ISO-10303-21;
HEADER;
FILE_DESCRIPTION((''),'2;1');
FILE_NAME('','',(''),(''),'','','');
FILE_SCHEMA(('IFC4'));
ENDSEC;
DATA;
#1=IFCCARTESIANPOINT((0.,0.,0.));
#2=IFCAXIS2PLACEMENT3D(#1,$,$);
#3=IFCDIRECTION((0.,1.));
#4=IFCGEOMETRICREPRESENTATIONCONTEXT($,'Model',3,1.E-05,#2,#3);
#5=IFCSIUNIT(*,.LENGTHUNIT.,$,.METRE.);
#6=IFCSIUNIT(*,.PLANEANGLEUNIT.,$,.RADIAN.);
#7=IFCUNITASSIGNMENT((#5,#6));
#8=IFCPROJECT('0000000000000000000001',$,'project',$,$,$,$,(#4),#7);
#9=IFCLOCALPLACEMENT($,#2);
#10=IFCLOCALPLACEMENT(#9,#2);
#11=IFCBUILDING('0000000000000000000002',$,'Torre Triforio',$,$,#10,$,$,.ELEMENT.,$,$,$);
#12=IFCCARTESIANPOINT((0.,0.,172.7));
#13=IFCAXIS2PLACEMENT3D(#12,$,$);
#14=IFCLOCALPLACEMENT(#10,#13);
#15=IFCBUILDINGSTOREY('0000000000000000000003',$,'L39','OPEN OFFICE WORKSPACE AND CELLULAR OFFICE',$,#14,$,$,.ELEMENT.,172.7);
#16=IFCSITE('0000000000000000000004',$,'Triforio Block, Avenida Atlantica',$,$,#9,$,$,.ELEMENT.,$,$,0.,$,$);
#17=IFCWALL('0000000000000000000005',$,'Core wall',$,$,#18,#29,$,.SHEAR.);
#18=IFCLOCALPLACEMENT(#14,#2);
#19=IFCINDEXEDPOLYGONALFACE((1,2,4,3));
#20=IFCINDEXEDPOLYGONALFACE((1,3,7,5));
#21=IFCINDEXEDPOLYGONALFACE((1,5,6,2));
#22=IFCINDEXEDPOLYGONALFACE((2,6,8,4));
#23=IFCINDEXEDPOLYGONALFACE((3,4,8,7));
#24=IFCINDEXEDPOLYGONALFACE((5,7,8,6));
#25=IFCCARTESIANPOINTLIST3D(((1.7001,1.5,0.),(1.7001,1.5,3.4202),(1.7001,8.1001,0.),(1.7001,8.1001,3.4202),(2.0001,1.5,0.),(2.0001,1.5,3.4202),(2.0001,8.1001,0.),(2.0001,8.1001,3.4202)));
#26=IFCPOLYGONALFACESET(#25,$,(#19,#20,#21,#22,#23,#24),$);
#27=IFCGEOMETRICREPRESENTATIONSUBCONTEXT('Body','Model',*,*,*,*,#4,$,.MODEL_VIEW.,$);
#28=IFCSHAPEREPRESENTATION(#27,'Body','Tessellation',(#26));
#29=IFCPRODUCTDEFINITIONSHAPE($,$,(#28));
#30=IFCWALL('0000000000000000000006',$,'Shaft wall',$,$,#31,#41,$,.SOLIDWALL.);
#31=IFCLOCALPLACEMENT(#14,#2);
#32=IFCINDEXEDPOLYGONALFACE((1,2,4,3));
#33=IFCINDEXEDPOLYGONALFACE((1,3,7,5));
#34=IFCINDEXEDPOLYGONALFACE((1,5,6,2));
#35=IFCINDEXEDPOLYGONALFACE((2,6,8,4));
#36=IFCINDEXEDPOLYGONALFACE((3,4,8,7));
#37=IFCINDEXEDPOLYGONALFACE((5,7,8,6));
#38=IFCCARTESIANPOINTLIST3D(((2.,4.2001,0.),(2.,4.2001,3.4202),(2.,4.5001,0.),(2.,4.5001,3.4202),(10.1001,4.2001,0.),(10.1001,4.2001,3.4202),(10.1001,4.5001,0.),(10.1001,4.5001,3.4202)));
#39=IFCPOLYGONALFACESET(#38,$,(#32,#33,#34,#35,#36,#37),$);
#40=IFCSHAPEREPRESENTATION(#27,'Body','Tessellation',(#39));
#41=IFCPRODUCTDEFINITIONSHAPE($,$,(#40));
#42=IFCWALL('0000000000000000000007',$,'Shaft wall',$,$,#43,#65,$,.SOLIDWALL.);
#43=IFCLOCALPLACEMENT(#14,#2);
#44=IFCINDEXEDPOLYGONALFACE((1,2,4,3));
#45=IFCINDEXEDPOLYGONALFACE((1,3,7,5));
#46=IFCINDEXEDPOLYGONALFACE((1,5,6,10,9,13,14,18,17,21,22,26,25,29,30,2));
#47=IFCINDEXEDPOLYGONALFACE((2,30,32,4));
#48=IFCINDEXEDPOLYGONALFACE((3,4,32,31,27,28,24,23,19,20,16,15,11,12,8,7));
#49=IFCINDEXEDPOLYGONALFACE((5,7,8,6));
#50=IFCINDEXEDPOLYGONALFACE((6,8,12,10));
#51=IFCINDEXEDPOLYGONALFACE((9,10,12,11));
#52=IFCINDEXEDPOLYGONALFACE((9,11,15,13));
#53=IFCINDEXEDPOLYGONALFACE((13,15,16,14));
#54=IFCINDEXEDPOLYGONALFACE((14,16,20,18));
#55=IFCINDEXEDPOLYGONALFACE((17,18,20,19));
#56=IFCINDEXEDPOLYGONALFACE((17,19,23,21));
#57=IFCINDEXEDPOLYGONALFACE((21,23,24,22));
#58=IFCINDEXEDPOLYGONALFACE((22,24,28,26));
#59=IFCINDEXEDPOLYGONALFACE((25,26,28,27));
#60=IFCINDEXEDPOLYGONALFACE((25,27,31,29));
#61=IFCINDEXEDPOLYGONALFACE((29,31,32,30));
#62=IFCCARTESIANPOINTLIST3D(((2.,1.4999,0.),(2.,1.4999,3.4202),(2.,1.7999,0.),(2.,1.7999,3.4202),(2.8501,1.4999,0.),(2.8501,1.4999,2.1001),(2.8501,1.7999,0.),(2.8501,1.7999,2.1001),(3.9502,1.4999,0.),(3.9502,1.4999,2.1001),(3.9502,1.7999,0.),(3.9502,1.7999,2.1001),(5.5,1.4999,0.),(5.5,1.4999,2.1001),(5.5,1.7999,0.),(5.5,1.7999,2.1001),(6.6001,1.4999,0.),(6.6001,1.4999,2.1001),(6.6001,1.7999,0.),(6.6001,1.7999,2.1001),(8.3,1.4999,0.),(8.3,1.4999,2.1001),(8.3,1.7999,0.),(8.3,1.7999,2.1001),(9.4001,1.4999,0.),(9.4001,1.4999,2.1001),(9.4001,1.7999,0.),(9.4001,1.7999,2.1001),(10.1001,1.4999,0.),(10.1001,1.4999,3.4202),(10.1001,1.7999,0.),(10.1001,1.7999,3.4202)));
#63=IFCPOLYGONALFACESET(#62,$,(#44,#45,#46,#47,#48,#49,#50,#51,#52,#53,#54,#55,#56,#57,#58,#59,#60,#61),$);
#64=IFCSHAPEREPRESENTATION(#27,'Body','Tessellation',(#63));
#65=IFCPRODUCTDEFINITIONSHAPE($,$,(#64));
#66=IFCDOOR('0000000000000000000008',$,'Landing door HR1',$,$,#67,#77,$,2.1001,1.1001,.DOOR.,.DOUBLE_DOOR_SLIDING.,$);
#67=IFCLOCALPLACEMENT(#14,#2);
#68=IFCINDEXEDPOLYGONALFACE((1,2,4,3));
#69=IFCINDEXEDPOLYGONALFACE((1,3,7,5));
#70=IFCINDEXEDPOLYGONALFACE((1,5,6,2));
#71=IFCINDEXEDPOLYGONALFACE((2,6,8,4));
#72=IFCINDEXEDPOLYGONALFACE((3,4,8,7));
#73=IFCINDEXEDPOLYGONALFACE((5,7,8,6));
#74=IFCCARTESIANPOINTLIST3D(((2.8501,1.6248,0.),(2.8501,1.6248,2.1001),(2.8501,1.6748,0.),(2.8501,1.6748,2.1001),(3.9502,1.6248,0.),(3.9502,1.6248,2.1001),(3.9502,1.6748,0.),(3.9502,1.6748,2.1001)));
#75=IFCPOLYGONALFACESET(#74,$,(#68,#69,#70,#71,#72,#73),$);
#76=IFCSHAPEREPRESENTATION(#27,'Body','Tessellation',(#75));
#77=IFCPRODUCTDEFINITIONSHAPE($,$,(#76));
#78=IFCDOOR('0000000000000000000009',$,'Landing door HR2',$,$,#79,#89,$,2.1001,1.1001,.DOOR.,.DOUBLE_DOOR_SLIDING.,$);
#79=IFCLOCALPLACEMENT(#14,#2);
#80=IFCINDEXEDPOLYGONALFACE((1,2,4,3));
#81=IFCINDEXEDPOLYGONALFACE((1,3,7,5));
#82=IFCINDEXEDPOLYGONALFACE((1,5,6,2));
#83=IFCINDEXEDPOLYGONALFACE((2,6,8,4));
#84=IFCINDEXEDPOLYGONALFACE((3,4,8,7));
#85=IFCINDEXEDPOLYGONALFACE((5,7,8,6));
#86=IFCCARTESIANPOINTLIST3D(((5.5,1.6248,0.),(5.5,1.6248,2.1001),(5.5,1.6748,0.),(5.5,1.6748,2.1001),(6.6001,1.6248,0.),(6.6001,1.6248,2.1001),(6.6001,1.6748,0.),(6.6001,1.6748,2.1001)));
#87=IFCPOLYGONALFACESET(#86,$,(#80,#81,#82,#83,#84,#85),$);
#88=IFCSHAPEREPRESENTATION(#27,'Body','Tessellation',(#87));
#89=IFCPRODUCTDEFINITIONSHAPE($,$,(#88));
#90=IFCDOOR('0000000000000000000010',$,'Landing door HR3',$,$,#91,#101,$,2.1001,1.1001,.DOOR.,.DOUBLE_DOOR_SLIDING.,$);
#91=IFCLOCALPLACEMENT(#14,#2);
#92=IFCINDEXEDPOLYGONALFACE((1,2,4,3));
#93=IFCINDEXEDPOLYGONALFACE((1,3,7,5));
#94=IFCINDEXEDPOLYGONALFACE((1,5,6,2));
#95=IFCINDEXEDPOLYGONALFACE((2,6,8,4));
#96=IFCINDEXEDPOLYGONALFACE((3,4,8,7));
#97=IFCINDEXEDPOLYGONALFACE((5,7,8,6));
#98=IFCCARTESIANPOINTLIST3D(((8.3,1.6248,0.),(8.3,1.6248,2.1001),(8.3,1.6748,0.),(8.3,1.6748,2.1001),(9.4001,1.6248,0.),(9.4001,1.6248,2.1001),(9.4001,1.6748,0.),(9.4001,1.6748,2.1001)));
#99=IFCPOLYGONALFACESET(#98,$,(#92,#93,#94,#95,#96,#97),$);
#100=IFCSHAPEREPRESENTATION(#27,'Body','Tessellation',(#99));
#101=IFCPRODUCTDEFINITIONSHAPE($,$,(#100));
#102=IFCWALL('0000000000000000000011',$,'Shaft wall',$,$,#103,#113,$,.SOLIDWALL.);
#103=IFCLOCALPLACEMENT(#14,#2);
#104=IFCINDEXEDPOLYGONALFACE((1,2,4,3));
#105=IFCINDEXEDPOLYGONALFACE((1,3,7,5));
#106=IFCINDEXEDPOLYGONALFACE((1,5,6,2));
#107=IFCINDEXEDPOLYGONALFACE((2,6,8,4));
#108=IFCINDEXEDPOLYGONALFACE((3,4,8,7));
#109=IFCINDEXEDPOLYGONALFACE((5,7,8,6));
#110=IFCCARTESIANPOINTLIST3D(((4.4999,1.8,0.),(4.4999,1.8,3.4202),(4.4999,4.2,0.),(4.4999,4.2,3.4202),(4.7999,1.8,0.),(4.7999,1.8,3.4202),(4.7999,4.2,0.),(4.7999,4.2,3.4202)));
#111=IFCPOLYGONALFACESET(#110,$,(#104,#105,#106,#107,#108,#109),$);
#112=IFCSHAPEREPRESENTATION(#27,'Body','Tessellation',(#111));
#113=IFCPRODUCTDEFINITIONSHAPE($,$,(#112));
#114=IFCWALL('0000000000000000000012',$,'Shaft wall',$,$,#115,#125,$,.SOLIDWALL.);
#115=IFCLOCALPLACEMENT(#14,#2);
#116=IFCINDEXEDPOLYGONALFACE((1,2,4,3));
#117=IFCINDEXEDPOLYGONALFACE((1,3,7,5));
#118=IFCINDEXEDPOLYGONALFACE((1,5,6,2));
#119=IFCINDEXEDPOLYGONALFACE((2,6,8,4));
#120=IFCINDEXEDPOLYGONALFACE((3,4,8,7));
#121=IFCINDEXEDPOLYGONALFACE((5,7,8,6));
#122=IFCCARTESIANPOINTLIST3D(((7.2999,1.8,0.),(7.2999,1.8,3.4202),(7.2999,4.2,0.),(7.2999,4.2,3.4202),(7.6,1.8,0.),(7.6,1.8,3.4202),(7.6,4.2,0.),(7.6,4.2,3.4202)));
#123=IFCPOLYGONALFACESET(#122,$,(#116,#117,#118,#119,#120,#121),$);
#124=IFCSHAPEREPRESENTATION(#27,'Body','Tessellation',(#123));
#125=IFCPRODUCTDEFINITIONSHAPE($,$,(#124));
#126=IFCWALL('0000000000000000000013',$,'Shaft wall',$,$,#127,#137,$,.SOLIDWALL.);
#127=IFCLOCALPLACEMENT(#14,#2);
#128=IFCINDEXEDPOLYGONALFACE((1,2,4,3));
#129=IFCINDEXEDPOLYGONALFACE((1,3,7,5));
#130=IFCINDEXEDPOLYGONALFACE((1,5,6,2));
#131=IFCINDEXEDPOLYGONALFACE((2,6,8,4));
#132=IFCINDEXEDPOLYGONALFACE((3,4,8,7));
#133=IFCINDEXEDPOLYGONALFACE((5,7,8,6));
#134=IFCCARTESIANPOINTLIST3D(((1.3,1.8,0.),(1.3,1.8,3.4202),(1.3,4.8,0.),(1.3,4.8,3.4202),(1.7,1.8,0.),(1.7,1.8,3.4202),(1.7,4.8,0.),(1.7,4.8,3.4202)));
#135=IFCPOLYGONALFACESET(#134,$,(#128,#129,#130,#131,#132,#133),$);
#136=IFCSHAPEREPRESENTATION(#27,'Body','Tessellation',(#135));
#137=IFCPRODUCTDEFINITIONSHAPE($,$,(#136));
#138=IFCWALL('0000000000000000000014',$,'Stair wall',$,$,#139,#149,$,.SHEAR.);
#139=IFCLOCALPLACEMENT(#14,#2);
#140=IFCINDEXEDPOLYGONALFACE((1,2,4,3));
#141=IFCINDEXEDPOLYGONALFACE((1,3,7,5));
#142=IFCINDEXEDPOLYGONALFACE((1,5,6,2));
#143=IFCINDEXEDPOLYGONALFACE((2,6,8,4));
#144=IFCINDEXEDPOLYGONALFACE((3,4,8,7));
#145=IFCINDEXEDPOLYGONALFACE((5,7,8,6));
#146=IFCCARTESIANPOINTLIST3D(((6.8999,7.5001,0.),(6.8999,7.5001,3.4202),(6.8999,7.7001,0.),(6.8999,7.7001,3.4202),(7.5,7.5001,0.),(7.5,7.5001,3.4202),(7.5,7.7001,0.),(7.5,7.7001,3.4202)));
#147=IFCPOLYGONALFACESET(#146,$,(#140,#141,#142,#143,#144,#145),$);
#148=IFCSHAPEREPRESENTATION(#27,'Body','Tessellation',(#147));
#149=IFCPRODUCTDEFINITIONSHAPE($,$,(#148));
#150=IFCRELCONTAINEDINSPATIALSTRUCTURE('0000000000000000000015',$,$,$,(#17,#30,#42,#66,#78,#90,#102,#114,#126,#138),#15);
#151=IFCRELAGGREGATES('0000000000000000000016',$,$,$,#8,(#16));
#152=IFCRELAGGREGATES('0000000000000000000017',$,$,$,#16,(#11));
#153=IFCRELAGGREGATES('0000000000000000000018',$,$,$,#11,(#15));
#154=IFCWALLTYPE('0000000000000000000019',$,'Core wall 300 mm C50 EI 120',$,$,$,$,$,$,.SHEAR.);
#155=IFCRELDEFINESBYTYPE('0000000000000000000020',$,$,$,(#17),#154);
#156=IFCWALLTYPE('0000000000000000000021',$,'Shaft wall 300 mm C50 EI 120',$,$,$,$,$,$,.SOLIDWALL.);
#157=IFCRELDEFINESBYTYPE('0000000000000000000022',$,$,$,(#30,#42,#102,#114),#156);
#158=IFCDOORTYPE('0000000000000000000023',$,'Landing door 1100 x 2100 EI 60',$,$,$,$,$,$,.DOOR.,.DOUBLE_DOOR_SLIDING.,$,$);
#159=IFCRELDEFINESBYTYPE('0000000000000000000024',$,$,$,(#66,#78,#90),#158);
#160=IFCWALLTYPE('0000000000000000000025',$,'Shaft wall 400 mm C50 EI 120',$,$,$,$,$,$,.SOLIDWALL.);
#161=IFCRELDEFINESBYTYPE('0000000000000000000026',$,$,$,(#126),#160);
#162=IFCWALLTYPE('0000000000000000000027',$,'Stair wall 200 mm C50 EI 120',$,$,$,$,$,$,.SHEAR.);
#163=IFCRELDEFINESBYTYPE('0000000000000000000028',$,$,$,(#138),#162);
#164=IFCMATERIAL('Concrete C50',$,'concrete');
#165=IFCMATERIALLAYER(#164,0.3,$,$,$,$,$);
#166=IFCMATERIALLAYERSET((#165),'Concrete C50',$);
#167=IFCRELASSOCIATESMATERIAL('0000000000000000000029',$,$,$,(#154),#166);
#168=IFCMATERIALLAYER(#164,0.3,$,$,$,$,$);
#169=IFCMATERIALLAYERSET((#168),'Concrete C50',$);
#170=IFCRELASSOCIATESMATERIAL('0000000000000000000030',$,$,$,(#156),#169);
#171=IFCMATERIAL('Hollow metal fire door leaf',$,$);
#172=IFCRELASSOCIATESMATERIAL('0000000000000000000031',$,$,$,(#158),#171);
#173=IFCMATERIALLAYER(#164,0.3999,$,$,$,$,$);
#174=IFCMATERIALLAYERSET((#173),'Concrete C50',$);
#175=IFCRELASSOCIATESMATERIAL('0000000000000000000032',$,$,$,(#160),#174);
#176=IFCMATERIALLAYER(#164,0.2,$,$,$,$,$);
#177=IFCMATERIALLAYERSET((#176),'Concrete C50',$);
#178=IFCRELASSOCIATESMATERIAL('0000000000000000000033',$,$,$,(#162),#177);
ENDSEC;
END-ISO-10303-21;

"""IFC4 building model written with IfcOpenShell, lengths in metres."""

from ifc_helpers import new_model, si_unit, direction, frame, frame_2d, origin, place, context, subcontext, project, spatial, rectangle, extrude, material, layer, layer_set, type_object, element, fill, save


model = new_model("IFC4")

# Units and contexts
model_context = context("Model", 3, precision=1e-05, world=origin(), true_north=direction((0.0, 1.0)))
body_context = subcontext(model_context, "Body", "Model", "MODEL_VIEW")
ifc_project = project(units=[si_unit("LENGTHUNIT", "METRE"), si_unit("PLANEANGLEUNIT", "RADIAN")], contexts=[model_context])

# Site, building, storey
site_placement = place(None, origin())
site = spatial("IfcSite", under=ifc_project, at=site_placement, Name="Triforio Block, Avenida Atlantica", CompositionType="ELEMENT", RefElevation=0.0)
building_placement = place(site_placement, origin())
building = spatial("IfcBuilding", under=site, at=building_placement, Name="Torre Triforio", CompositionType="ELEMENT")
storey_placement = place(building_placement, frame((0.0, 0.0, 172.7)))
storey = spatial("IfcBuildingStorey", under=building, at=storey_placement, Name="L39", Description="OPEN OFFICE WORKSPACE AND CELLULAR OFFICE", CompositionType="ELEMENT", Elevation=172.7)

# Walls
ifc_material_1 = material(Name="Concrete C50", Category="concrete")
ifc_layer_1 = layer(ifc_material_1, 0.3)
ifc_layer_set_1 = layer_set([ifc_layer_1], Name="Concrete C50")
wall_type_1 = type_object("IfcWallType", Name="Core wall 300 mm C50 EI 120", PredefinedType="SHEAR", material=ifc_layer_set_1)
wall_1_placement = place(storey_placement, frame((1.8501, 1.5, 0.0), z_axis=(0.0, 0.0, 1.0), x_axis=(0.0, 1.0, 0.0)))
element("IfcWall", 1, at=wall_1_placement, inside=storey, type_object=wall_type_1, Name="Core wall", PredefinedType="SHEAR", context=body_context, shape_type="SweptSolid", body=[
    extrude(rectangle(XDim=6.6001, YDim=0.3, at=frame_2d((3.3, 0.0))), origin(), (0.0, 0.0, 1.0), 3.4202),
])
ifc_layer_2 = layer(ifc_material_1, 0.3)
ifc_layer_set_2 = layer_set([ifc_layer_2], Name="Concrete C50")
wall_type_2 = type_object("IfcWallType", Name="Shaft wall 300 mm C50 EI 120", PredefinedType="SOLIDWALL", material=ifc_layer_set_2)
wall_2_placement = place(storey_placement, frame((2.0, 4.3501, 0.0), z_axis=(0.0, 0.0, 1.0), x_axis=(1.0, 0.0, 0.0)))
element("IfcWall", 2, at=wall_2_placement, inside=storey, type_object=wall_type_2, Name="Shaft wall", PredefinedType="SOLIDWALL", context=body_context, shape_type="SweptSolid", body=[
    extrude(rectangle(XDim=8.1001, YDim=0.3, at=frame_2d((4.05, 0.0))), origin(), (0.0, 0.0, 1.0), 3.4202),
])

# Wall, openings, doors
wall_3_placement = place(storey_placement, frame((2.0, 1.6499, 0.0), z_axis=(0.0, 0.0, 1.0), x_axis=(1.0, 0.0, 0.0)))
wall_3 = element("IfcWall", 3, at=wall_3_placement, inside=storey, type_object=wall_type_2, Name="Shaft wall", PredefinedType="SOLIDWALL", context=body_context, shape_type="SweptSolid", body=[
    extrude(rectangle(XDim=8.1001, YDim=0.3, at=frame_2d((4.05, 0.0))), origin(), (0.0, 0.0, 1.0), 3.4202),
])
opening_1_placement = place(wall_3_placement, frame((0.8501, 0.0, 0.0)))
opening_1 = element("IfcOpeningElement", 4, at=opening_1_placement, cuts=wall_3, PredefinedType="OPENING", context=body_context, shape_type="SweptSolid", body=[
    extrude(rectangle(XDim=1.1001, YDim=2.1001, at=frame_2d((0.55, 1.05))), frame((0.0, 0.1599, 0.0), z_axis=(0.0, -1.0, 0.0), x_axis=(1.0, 0.0, 0.0)), (0.0, 0.0, 1.0), 0.3201),
])
opening_2_placement = place(wall_3_placement, frame((3.5, 0.0, 0.0)))
opening_2 = element("IfcOpeningElement", 5, at=opening_2_placement, cuts=wall_3, PredefinedType="OPENING", context=body_context, shape_type="SweptSolid", body=[
    extrude(rectangle(XDim=1.1001, YDim=2.1001, at=frame_2d((0.55, 1.05))), frame((0.0, 0.1599, 0.0), z_axis=(0.0, -1.0, 0.0), x_axis=(1.0, 0.0, 0.0)), (0.0, 0.0, 1.0), 0.3201),
])
opening_3_placement = place(wall_3_placement, frame((6.3, 0.0, 0.0)))
opening_3 = element("IfcOpeningElement", 6, at=opening_3_placement, cuts=wall_3, PredefinedType="OPENING", context=body_context, shape_type="SweptSolid", body=[
    extrude(rectangle(XDim=1.1001, YDim=2.1001, at=frame_2d((0.55, 1.05))), frame((0.0, 0.1599, 0.0), z_axis=(0.0, -1.0, 0.0), x_axis=(1.0, 0.0, 0.0)), (0.0, 0.0, 1.0), 0.3201),
])
ifc_material_2 = material(Name="Hollow metal fire door leaf")
door_type_1 = type_object("IfcDoorType", Name="Landing door 1100 x 2100 EI 60", OperationType="DOUBLE_DOOR_SLIDING", PredefinedType="DOOR", material=ifc_material_2)
door_1_placement = place(opening_1_placement, origin())
door_1 = element("IfcDoor", 7, at=door_1_placement, inside=storey, type_object=door_type_1, Name="Landing door HR1", OperationType="DOUBLE_DOOR_SLIDING", OverallHeight=2.1001, OverallWidth=1.1001, PredefinedType="DOOR", context=body_context, shape_type="SweptSolid", body=[
    extrude(rectangle(XDim=1.1001, YDim=2.1001, at=frame_2d((0.55, 1.05))), frame((0.0, 0.0249, 0.0), z_axis=(0.0, -1.0, 0.0), x_axis=(1.0, 0.0, 0.0)), (0.0, 0.0, 1.0), 0.05),
])
fill(opening_1, door_1)
door_2_placement = place(opening_2_placement, origin())
door_2 = element("IfcDoor", 8, at=door_2_placement, inside=storey, type_object=door_type_1, Name="Landing door HR2", OperationType="DOUBLE_DOOR_SLIDING", OverallHeight=2.1001, OverallWidth=1.1001, PredefinedType="DOOR", context=body_context, shape_type="SweptSolid", body=[
    extrude(rectangle(XDim=1.1001, YDim=2.1001, at=frame_2d((0.55, 1.05))), frame((0.0, 0.0249, 0.0), z_axis=(0.0, -1.0, 0.0), x_axis=(1.0, 0.0, 0.0)), (0.0, 0.0, 1.0), 0.05),
])
fill(opening_2, door_2)
door_3_placement = place(opening_3_placement, origin())
door_3 = element("IfcDoor", 9, at=door_3_placement, inside=storey, type_object=door_type_1, Name="Landing door HR3", OperationType="DOUBLE_DOOR_SLIDING", OverallHeight=2.1001, OverallWidth=1.1001, PredefinedType="DOOR", context=body_context, shape_type="SweptSolid", body=[
    extrude(rectangle(XDim=1.1001, YDim=2.1001, at=frame_2d((0.55, 1.05))), frame((0.0, 0.0249, 0.0), z_axis=(0.0, -1.0, 0.0), x_axis=(1.0, 0.0, 0.0)), (0.0, 0.0, 1.0), 0.05),
])
fill(opening_3, door_3)

# Walls
for number, where, z_axis, x_axis, name in (
    (10, (4.6499, 1.8, 0.0), (0.0, 0.0, 1.0), (0.0, 1.0, 0.0), "Shaft wall"),
    (11, (7.45, 1.8, 0.0), (0.0, 0.0, 1.0), (0.0, 1.0, 0.0), "Shaft wall"),
):
    element("IfcWall", number, at=place(storey_placement, frame(where, z_axis=z_axis, x_axis=x_axis)), inside=storey, type_object=wall_type_2, Name=name, PredefinedType="SOLIDWALL", context=body_context, shape_type="SweptSolid", body=[
        extrude(rectangle(XDim=2.3999, YDim=0.3, at=frame_2d((1.2, 0.0))), origin(), (0.0, 0.0, 1.0), 3.4202),
    ])
ifc_layer_3 = layer(ifc_material_1, 0.3999)
ifc_layer_set_3 = layer_set([ifc_layer_3], Name="Concrete C50")
wall_type_3 = type_object("IfcWallType", Name="Shaft wall 400 mm C50 EI 120", PredefinedType="SOLIDWALL", material=ifc_layer_set_3)
wall_4_placement = place(storey_placement, frame((1.5, 1.8, 0.0), z_axis=(0.0, 0.0, 1.0), x_axis=(0.0, 1.0, 0.0)))
element("IfcWall", 12, at=wall_4_placement, inside=storey, type_object=wall_type_3, Name="Shaft wall", PredefinedType="SOLIDWALL", context=body_context, shape_type="SweptSolid", body=[
    extrude(rectangle(XDim=3.0, YDim=0.3999, at=frame_2d((1.5, 0.0))), origin(), (0.0, 0.0, 1.0), 3.4202),
])
ifc_layer_4 = layer(ifc_material_1, 0.2)
ifc_layer_set_4 = layer_set([ifc_layer_4], Name="Concrete C50")
wall_type_4 = type_object("IfcWallType", Name="Stair wall 200 mm C50 EI 120", PredefinedType="SHEAR", material=ifc_layer_set_4)
wall_5_placement = place(storey_placement, frame((6.8999, 7.6001, 0.0), z_axis=(0.0, 0.0, 1.0), x_axis=(1.0, 0.0, 0.0)))
element("IfcWall", 13, at=wall_5_placement, inside=storey, type_object=wall_type_4, Name="Stair wall", PredefinedType="SHEAR", context=body_context, shape_type="SweptSolid", body=[
    extrude(rectangle(XDim=0.6001, YDim=0.2, at=frame_2d((0.3, 0.0))), origin(), (0.0, 0.0, 1.0), 3.4202),
])

save(model, "model.ifc")
